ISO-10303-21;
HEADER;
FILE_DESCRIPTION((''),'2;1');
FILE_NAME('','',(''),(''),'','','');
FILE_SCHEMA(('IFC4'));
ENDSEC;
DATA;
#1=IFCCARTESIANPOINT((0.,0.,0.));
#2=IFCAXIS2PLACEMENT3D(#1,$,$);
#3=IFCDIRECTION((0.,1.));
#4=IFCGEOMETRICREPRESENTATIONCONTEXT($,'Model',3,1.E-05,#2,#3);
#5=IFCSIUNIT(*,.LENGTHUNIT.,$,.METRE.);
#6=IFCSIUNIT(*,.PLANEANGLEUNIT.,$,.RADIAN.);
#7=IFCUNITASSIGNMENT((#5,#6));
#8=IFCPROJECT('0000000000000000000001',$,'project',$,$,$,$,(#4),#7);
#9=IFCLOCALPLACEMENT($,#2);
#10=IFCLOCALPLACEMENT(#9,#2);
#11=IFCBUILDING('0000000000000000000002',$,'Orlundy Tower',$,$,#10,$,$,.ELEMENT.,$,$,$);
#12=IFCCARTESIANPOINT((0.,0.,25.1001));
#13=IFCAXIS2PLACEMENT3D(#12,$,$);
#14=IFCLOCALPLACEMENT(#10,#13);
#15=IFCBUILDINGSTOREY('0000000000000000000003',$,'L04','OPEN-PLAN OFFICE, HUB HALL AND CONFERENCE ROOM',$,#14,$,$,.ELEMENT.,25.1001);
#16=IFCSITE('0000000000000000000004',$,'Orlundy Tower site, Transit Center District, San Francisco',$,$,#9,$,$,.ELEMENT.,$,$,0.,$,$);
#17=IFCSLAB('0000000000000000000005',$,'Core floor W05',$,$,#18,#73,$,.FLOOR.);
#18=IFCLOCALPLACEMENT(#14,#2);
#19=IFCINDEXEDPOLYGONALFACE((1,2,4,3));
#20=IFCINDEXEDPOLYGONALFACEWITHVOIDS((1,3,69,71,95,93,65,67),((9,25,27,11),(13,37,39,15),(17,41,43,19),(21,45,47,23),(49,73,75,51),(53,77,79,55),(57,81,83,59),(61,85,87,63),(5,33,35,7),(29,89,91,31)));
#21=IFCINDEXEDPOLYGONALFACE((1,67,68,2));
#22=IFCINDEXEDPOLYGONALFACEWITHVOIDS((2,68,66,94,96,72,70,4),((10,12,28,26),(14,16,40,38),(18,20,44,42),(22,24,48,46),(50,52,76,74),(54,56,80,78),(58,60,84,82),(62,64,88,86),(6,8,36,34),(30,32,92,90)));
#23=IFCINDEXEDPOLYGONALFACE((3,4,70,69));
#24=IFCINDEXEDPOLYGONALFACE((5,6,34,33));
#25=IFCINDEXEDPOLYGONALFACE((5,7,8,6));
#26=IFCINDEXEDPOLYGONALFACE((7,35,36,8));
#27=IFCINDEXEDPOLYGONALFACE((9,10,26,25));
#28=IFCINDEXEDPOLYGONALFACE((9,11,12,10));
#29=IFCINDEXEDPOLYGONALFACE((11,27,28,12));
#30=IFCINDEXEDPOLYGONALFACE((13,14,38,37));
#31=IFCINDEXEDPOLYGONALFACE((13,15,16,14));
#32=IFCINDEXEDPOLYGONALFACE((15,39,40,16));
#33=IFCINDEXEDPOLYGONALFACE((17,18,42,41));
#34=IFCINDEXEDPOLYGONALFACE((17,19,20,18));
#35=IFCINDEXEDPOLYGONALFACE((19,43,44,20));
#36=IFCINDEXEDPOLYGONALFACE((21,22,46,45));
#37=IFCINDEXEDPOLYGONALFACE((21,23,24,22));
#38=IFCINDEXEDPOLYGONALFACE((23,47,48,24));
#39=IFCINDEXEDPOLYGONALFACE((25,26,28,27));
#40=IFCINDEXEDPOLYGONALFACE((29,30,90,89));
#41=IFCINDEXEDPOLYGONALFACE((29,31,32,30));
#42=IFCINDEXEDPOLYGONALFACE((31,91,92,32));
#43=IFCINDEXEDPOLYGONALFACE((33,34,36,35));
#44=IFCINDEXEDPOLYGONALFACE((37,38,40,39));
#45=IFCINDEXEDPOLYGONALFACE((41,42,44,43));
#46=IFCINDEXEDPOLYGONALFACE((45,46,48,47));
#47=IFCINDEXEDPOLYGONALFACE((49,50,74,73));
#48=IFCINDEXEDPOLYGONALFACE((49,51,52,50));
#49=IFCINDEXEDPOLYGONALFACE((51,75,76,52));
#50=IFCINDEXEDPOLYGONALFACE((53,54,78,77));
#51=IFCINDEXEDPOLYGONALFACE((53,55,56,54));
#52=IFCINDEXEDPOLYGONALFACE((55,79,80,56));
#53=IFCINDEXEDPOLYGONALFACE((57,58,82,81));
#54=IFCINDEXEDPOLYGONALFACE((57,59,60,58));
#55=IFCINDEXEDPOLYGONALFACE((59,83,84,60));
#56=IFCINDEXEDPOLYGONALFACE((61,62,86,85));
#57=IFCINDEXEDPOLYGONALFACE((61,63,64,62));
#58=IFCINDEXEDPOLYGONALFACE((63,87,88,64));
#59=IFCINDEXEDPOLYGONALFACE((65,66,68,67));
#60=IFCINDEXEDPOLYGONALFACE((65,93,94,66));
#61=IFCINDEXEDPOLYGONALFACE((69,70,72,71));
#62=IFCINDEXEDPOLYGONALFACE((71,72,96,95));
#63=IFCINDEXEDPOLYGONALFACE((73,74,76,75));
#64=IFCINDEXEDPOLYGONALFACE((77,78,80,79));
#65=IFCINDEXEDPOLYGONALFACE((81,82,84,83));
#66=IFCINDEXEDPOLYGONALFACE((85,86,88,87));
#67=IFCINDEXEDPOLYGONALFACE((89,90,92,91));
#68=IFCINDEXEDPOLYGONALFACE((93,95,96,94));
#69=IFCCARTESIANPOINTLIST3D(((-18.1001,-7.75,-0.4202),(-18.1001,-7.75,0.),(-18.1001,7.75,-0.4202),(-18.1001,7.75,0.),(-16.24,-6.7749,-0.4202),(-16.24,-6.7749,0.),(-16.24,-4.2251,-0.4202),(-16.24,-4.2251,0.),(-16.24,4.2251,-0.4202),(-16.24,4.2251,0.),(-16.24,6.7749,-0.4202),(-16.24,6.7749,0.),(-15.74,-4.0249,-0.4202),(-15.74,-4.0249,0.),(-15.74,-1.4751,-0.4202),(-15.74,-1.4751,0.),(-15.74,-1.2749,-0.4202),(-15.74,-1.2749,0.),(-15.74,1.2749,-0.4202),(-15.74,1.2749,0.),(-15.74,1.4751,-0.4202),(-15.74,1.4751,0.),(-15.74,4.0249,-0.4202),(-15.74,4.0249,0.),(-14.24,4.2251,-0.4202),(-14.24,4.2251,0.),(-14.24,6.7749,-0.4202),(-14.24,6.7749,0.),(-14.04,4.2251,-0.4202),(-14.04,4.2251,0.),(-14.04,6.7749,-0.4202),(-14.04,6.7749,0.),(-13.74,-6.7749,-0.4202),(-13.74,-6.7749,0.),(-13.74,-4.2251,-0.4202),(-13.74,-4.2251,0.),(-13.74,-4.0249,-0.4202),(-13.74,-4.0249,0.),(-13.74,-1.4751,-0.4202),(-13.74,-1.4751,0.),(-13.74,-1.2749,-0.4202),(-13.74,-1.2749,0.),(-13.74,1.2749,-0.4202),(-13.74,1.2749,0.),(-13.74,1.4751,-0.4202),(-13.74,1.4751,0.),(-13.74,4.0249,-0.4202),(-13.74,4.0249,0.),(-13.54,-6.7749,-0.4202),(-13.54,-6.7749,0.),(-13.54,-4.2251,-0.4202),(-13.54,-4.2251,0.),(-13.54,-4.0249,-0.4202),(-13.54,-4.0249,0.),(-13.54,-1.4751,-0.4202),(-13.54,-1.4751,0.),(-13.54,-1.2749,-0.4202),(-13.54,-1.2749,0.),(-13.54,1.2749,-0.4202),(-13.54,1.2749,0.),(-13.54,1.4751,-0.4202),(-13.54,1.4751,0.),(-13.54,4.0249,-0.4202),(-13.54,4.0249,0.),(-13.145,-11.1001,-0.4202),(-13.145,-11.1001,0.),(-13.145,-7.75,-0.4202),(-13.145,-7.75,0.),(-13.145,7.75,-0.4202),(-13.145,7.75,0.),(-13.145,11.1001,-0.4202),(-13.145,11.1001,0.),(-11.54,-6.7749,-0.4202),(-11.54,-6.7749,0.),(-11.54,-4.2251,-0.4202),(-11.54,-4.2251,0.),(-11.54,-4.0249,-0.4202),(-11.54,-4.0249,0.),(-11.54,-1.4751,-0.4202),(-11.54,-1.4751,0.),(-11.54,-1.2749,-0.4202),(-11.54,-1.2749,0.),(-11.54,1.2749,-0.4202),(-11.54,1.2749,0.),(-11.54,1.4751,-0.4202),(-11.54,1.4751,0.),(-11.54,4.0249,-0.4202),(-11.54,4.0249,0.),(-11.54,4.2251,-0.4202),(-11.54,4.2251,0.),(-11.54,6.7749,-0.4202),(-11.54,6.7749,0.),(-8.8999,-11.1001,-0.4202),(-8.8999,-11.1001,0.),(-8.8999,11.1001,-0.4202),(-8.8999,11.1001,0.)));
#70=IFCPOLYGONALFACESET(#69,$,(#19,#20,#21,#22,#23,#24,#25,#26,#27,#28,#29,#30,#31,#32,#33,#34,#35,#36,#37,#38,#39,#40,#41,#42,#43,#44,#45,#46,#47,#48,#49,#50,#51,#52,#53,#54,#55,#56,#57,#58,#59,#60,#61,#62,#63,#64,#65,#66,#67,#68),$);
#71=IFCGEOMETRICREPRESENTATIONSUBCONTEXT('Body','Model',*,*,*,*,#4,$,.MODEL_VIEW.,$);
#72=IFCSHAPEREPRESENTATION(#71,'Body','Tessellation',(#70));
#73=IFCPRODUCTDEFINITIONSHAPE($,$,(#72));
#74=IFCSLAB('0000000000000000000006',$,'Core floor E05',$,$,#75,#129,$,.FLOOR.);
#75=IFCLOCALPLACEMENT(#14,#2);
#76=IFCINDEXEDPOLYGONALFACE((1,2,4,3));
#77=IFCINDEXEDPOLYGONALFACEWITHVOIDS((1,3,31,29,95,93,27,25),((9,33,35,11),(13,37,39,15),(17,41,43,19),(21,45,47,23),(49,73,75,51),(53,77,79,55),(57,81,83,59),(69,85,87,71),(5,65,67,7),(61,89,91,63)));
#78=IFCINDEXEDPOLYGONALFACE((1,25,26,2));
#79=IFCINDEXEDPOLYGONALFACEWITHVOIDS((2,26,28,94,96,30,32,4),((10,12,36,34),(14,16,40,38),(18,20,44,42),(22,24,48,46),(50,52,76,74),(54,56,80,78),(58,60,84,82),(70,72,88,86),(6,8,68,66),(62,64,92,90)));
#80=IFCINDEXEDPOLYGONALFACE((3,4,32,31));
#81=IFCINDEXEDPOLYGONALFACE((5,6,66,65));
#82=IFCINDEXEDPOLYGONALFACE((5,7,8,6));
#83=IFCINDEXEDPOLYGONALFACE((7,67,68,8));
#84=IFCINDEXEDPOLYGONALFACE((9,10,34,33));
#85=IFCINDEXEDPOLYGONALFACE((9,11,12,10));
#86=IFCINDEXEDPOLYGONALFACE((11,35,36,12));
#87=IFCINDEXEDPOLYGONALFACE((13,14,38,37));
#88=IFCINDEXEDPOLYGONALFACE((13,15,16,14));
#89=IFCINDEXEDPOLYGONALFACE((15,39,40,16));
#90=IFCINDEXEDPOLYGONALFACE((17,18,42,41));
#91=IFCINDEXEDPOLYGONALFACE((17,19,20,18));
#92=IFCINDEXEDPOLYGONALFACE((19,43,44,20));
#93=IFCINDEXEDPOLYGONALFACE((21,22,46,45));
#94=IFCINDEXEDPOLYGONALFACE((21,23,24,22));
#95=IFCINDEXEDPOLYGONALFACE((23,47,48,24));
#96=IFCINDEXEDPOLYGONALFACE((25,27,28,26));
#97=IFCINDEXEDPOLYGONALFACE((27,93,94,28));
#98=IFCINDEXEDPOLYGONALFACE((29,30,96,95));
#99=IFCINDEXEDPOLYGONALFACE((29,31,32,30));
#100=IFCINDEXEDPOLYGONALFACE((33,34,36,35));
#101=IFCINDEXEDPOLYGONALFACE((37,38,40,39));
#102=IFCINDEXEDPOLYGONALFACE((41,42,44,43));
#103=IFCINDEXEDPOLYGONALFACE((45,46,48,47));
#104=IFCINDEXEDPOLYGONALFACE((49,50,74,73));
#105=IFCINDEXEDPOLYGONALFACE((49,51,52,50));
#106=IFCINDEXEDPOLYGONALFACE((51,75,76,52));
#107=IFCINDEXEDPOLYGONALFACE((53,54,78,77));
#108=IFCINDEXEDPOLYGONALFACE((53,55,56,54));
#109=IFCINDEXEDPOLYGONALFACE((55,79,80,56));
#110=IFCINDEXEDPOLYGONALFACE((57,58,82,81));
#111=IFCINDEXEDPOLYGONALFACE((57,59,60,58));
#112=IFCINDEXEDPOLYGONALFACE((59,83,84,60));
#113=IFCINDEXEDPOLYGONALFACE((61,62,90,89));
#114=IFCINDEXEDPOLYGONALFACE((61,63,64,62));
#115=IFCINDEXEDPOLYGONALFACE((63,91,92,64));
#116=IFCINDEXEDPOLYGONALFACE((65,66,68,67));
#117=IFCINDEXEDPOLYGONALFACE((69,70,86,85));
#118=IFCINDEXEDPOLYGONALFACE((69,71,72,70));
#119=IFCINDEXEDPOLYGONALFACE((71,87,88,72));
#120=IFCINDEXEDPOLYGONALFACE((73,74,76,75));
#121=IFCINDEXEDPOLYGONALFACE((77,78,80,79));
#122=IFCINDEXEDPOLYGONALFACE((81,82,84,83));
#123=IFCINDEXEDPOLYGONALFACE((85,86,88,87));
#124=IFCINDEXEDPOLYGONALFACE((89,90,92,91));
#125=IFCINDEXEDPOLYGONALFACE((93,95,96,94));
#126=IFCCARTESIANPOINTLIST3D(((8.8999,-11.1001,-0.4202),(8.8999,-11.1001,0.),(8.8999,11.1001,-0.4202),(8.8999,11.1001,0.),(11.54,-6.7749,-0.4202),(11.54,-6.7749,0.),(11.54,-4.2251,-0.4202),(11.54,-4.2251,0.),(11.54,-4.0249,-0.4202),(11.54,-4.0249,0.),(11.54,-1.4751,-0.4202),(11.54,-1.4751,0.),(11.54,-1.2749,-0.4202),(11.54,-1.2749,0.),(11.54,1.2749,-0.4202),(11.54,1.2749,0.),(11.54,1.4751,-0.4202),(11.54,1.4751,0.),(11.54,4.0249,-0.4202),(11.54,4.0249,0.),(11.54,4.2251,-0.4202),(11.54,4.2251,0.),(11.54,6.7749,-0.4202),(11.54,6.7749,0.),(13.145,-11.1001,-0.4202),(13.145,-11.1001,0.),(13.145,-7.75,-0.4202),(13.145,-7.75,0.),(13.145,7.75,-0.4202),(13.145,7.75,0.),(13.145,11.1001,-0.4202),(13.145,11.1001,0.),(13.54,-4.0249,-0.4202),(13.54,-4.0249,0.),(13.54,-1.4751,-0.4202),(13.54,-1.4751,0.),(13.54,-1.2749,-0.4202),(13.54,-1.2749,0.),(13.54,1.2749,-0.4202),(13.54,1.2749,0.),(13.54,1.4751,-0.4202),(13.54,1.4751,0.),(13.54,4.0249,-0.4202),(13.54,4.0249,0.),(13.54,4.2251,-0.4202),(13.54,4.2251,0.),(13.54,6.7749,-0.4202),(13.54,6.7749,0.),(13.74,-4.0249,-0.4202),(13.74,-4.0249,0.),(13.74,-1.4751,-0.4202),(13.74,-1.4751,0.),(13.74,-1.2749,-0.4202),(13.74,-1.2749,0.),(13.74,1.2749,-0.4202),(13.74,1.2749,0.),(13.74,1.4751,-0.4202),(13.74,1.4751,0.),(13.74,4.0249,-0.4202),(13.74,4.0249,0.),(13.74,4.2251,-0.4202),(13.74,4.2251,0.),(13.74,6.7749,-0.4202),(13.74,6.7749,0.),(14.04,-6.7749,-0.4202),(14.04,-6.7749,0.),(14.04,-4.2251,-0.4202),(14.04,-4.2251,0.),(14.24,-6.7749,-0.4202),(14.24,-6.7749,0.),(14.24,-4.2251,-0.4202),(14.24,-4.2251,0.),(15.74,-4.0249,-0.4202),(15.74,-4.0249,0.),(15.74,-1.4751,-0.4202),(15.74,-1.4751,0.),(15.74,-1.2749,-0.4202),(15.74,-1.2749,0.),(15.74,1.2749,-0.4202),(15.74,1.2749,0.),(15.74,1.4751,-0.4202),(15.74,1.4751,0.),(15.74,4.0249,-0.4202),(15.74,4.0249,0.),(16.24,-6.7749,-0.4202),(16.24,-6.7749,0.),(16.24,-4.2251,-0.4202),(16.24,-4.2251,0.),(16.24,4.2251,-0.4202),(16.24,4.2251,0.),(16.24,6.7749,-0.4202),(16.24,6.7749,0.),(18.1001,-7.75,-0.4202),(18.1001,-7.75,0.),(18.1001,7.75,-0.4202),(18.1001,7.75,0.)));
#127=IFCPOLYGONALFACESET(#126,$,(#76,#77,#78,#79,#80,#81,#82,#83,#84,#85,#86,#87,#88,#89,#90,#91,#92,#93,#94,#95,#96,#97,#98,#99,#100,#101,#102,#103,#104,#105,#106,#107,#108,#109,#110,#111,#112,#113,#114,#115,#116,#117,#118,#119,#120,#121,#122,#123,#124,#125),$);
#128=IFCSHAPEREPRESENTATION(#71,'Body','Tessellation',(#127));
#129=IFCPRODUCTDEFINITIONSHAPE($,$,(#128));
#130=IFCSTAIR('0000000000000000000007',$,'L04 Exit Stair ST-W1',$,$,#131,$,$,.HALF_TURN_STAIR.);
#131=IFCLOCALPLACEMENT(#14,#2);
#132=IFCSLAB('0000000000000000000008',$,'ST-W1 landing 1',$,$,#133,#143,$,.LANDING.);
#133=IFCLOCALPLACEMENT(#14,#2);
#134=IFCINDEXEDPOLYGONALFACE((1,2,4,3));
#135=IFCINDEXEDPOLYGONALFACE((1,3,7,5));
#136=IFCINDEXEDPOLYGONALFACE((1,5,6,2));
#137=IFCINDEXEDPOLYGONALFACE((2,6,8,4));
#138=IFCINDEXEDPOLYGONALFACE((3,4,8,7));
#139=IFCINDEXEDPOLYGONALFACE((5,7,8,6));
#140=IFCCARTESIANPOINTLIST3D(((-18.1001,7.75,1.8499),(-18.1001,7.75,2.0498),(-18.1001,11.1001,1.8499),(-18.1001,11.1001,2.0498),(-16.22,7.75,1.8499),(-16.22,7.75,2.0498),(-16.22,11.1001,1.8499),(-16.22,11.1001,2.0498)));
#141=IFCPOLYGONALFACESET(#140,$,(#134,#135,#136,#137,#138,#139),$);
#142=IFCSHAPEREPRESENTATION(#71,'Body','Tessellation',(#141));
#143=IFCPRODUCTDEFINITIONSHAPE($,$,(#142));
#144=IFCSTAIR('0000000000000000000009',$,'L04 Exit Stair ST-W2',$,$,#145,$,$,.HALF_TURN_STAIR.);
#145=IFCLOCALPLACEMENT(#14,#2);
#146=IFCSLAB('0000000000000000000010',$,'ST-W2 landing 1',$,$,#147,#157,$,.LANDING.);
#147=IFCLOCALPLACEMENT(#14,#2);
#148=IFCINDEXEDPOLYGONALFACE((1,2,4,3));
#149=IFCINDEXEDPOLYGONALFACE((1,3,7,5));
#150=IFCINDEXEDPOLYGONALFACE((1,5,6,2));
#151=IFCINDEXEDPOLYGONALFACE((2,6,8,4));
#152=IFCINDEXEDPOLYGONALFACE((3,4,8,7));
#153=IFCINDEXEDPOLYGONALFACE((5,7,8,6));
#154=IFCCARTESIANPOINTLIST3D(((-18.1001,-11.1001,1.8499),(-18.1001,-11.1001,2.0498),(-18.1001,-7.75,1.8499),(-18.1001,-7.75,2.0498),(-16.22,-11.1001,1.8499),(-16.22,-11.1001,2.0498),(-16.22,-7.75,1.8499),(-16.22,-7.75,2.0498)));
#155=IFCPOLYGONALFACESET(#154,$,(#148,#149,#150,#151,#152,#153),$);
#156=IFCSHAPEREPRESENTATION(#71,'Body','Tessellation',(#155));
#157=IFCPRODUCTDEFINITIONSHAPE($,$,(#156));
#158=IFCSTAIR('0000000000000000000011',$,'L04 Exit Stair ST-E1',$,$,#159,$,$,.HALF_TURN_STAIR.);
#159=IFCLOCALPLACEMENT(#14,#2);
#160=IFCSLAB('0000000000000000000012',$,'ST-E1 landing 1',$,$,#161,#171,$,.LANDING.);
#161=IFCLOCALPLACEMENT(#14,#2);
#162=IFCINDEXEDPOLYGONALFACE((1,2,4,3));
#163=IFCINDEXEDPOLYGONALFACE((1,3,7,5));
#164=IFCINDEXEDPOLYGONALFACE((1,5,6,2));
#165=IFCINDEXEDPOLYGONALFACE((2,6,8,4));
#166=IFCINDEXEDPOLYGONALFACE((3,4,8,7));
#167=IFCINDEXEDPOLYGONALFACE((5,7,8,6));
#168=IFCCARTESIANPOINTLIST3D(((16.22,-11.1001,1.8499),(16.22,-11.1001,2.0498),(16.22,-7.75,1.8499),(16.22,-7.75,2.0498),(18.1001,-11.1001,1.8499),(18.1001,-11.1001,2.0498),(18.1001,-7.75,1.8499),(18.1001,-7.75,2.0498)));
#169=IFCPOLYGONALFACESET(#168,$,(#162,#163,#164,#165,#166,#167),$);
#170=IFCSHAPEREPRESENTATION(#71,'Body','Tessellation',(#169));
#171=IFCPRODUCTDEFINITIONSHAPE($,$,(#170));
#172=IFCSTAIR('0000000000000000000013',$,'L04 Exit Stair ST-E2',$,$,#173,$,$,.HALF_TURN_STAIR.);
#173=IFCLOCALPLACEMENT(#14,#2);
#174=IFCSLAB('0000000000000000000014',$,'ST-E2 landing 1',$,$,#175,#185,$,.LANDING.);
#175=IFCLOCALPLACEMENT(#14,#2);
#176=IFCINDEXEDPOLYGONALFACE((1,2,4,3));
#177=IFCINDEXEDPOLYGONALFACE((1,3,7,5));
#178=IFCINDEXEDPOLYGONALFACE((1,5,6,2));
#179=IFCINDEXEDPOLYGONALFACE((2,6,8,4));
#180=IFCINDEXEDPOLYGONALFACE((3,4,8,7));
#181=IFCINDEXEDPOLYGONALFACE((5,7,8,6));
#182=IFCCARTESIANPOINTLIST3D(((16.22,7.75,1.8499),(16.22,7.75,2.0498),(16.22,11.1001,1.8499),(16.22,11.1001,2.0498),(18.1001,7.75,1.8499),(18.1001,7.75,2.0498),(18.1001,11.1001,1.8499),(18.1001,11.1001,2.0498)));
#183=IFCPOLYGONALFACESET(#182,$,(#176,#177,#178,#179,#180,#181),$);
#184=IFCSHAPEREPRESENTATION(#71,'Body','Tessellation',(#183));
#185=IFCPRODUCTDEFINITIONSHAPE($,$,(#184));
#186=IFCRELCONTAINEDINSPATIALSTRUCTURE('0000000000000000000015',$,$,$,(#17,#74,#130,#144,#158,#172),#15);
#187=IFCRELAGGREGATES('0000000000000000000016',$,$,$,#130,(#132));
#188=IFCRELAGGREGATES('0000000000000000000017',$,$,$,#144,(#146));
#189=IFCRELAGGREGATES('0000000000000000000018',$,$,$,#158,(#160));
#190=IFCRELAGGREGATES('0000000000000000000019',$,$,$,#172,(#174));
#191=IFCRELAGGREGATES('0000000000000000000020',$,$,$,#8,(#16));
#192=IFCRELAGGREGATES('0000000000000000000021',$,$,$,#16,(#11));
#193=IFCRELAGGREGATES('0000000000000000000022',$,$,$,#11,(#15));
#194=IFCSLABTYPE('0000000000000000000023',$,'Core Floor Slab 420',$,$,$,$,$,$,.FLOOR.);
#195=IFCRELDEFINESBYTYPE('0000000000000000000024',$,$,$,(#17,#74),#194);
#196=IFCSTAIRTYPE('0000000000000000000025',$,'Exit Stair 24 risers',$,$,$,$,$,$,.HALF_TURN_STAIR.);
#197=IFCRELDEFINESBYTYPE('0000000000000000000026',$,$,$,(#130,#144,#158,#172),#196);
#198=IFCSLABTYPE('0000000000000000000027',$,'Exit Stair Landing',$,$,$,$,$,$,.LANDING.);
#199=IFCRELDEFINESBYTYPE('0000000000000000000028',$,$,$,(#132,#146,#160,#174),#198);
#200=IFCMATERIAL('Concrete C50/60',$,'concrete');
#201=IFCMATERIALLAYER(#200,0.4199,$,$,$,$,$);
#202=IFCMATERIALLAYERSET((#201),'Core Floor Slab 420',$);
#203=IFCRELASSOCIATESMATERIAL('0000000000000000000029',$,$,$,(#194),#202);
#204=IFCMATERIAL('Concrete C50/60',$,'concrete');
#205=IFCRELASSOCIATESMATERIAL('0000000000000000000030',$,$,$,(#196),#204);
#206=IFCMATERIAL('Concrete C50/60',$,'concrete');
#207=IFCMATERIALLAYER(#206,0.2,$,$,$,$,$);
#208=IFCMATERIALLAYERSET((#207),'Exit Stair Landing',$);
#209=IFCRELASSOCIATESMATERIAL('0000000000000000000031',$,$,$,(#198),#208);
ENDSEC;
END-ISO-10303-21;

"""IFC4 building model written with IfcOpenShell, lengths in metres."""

from ifc_helpers import new_model, si_unit, direction, frame, origin, place, context, subcontext, project, spatial, polyline, outline, extrude, material, layer, layer_set, type_object, element, aggregate, save


model = new_model("IFC4")

# Units and contexts
model_context = context("Model", 3, precision=1e-05, world=origin(), true_north=direction((0.0, 1.0)))
body_context = subcontext(model_context, "Body", "Model", "MODEL_VIEW")
ifc_project = project(units=[si_unit("LENGTHUNIT", "METRE"), si_unit("PLANEANGLEUNIT", "RADIAN")], contexts=[model_context])

# Site, building, storey
site_placement = place(None, origin())
site = spatial("IfcSite", under=ifc_project, at=site_placement, Name="Orlundy Tower site, Transit Center District, San Francisco", CompositionType="ELEMENT", RefElevation=0.0)
building_placement = place(site_placement, origin())
building = spatial("IfcBuilding", under=site, at=building_placement, Name="Orlundy Tower", CompositionType="ELEMENT")
storey_placement = place(building_placement, frame((0.0, 0.0, 25.1001)))
storey = spatial("IfcBuildingStorey", under=building, at=storey_placement, Name="L04", Description="OPEN-PLAN OFFICE, HUB HALL AND CONFERENCE ROOM", CompositionType="ELEMENT", Elevation=25.1001)

# Slabs
ifc_material_1 = material(Name="Concrete C50/60", Category="concrete")
ifc_layer_1 = layer(ifc_material_1, 0.4199)
ifc_layer_set_1 = layer_set([ifc_layer_1], Name="Core Floor Slab 420")
slab_type_1 = type_object("IfcSlabType", Name="Core Floor Slab 420", PredefinedType="FLOOR", material=ifc_layer_set_1)
slab_1_placement = place(storey_placement, frame((0.0, 0.0, -0.4202)))
element("IfcSlab", 1, at=slab_1_placement, inside=storey, type_object=slab_type_1, Name="Core floor W05", PredefinedType="FLOOR", context=body_context, shape_type="SweptSolid", body=[
    extrude(outline(polyline([(-8.8999, -11.1001), (-13.145, -11.1001), (-13.145, -7.75), (-18.1001, -7.75), (-18.1001, 7.75), (-13.145, 7.75), (-13.145, 11.1001), (-8.8999, 11.1001), (-8.8999, -11.1001)]), holes=[polyline([(-11.54, -6.7749), (-11.54, -4.2251), (-13.54, -4.2251), (-13.54, -6.7749), (-11.54, -6.7749)]), polyline([(-16.24, -6.7749), (-13.74, -6.7749), (-13.74, -4.2251), (-16.24, -4.2251), (-16.24, -6.7749)]), polyline([(-13.54, -1.4751), (-13.54, -4.0249), (-11.54, -4.0249), (-11.54, -1.4751), (-13.54, -1.4751)]), polyline([(-13.74, -1.4751), (-15.74, -1.4751), (-15.74, -4.0249), (-13.74, -4.0249), (-13.74, -1.4751)]), polyline([(-11.54, -1.2749), (-11.54, 1.2749), (-13.54, 1.2749), (-13.54, -1.2749), (-11.54, -1.2749)]), polyline([(-15.74, -1.2749), (-13.74, -1.2749), (-13.74, 1.2749), (-15.74, 1.2749), (-15.74, -1.2749)]), polyline([(-13.54, 4.0249), (-13.54, 1.4751), (-11.54, 1.4751), (-11.54, 4.0249), (-13.54, 4.0249)]), polyline([(-13.74, 4.0249), (-15.74, 4.0249), (-15.74, 1.4751), (-13.74, 1.4751), (-13.74, 4.0249)]), polyline([(-11.54, 4.2251), (-11.54, 6.7749), (-14.04, 6.7749), (-14.04, 4.2251), (-11.54, 4.2251)]), polyline([(-16.24, 4.2251), (-14.24, 4.2251), (-14.24, 6.7749), (-16.24, 6.7749), (-16.24, 4.2251)])]), origin(), (0.0, 0.0, 1.0), 0.4202),
])
slab_2_placement = place(storey_placement, frame((0.0, 0.0, -0.4202)))
element("IfcSlab", 2, at=slab_2_placement, inside=storey, type_object=slab_type_1, Name="Core floor E05", PredefinedType="FLOOR", context=body_context, shape_type="SweptSolid", body=[
    extrude(outline(polyline([(8.8999, 11.1001), (13.145, 11.1001), (13.145, 7.75), (18.1001, 7.75), (18.1001, -7.75), (13.145, -7.75), (13.145, -11.1001), (8.8999, -11.1001), (8.8999, 11.1001)]), holes=[polyline([(11.54, 6.7749), (11.54, 4.2251), (13.54, 4.2251), (13.54, 6.7749), (11.54, 6.7749)]), polyline([(16.24, 6.7749), (13.74, 6.7749), (13.74, 4.2251), (16.24, 4.2251), (16.24, 6.7749)]), polyline([(13.54, 1.4751), (13.54, 4.0249), (11.54, 4.0249), (11.54, 1.4751), (13.54, 1.4751)]), polyline([(13.74, 1.4751), (15.74, 1.4751), (15.74, 4.0249), (13.74, 4.0249), (13.74, 1.4751)]), polyline([(11.54, 1.2749), (11.54, -1.2749), (13.54, -1.2749), (13.54, 1.2749), (11.54, 1.2749)]), polyline([(15.74, 1.2749), (13.74, 1.2749), (13.74, -1.2749), (15.74, -1.2749), (15.74, 1.2749)]), polyline([(13.54, -4.0249), (13.54, -1.4751), (11.54, -1.4751), (11.54, -4.0249), (13.54, -4.0249)]), polyline([(13.74, -4.0249), (15.74, -4.0249), (15.74, -1.4751), (13.74, -1.4751), (13.74, -4.0249)]), polyline([(11.54, -4.2251), (11.54, -6.7749), (14.04, -6.7749), (14.04, -4.2251), (11.54, -4.2251)]), polyline([(16.24, -4.2251), (14.24, -4.2251), (14.24, -6.7749), (16.24, -6.7749), (16.24, -4.2251)])]), origin(), (0.0, 0.0, 1.0), 0.4202),
])

# Stairs, slabs
ifc_material_2 = material(Name="Concrete C50/60", Category="concrete")
stair_type = type_object("IfcStairType", Name="Exit Stair 24 risers", PredefinedType="HALF_TURN_STAIR", material=ifc_material_2)
stair_1_placement = place(storey_placement, origin())
stair_1 = element("IfcStair", 3, at=stair_1_placement, inside=storey, type_object=stair_type, Name="L04 Exit Stair ST-W1", PredefinedType="HALF_TURN_STAIR")
ifc_material_3 = material(Name="Concrete C50/60", Category="concrete")
ifc_layer_2 = layer(ifc_material_3, 0.2)
ifc_layer_set_2 = layer_set([ifc_layer_2], Name="Exit Stair Landing")
slab_type_2 = type_object("IfcSlabType", Name="Exit Stair Landing", PredefinedType="LANDING", material=ifc_layer_set_2)
slab_3_placement = place(storey_placement, frame((0.0, 0.0, 1.8499)))
slab_3 = element("IfcSlab", 4, at=slab_3_placement, type_object=slab_type_2, Name="ST-W1 landing 1", PredefinedType="LANDING", context=body_context, shape_type="SweptSolid", body=[
    extrude(outline(polyline([(-16.22, 11.1001), (-18.1001, 11.1001), (-18.1001, 7.75), (-16.22, 7.75), (-16.22, 11.1001)])), origin(), (0.0, 0.0, 1.0), 0.2),
])
aggregate(stair_1, [slab_3])
stair_2_placement = place(storey_placement, origin())
stair_2 = element("IfcStair", 5, at=stair_2_placement, inside=storey, type_object=stair_type, Name="L04 Exit Stair ST-W2", PredefinedType="HALF_TURN_STAIR")
slab_4_placement = place(storey_placement, frame((0.0, 0.0, 1.8499)))
slab_4 = element("IfcSlab", 6, at=slab_4_placement, type_object=slab_type_2, Name="ST-W2 landing 1", PredefinedType="LANDING", context=body_context, shape_type="SweptSolid", body=[
    extrude(outline(polyline([(-16.22, -7.75), (-18.1001, -7.75), (-18.1001, -11.1001), (-16.22, -11.1001), (-16.22, -7.75)])), origin(), (0.0, 0.0, 1.0), 0.2),
])
aggregate(stair_2, [slab_4])
stair_3_placement = place(storey_placement, origin())
stair_3 = element("IfcStair", 7, at=stair_3_placement, inside=storey, type_object=stair_type, Name="L04 Exit Stair ST-E1", PredefinedType="HALF_TURN_STAIR")
slab_5_placement = place(storey_placement, frame((0.0, 0.0, 1.8499)))
slab_5 = element("IfcSlab", 8, at=slab_5_placement, type_object=slab_type_2, Name="ST-E1 landing 1", PredefinedType="LANDING", context=body_context, shape_type="SweptSolid", body=[
    extrude(outline(polyline([(16.22, -11.1001), (18.1001, -11.1001), (18.1001, -7.75), (16.22, -7.75), (16.22, -11.1001)])), origin(), (0.0, 0.0, 1.0), 0.2),
])
aggregate(stair_3, [slab_5])
stair_4_placement = place(storey_placement, origin())
stair_4 = element("IfcStair", 9, at=stair_4_placement, inside=storey, type_object=stair_type, Name="L04 Exit Stair ST-E2", PredefinedType="HALF_TURN_STAIR")
slab_6_placement = place(storey_placement, frame((0.0, 0.0, 1.8499)))
slab_6 = element("IfcSlab", 10, at=slab_6_placement, type_object=slab_type_2, Name="ST-E2 landing 1", PredefinedType="LANDING", context=body_context, shape_type="SweptSolid", body=[
    extrude(outline(polyline([(16.22, 7.75), (18.1001, 7.75), (18.1001, 11.1001), (16.22, 11.1001), (16.22, 7.75)])), origin(), (0.0, 0.0, 1.0), 0.2),
])
aggregate(stair_4, [slab_6])

save(model, "model.ifc")
